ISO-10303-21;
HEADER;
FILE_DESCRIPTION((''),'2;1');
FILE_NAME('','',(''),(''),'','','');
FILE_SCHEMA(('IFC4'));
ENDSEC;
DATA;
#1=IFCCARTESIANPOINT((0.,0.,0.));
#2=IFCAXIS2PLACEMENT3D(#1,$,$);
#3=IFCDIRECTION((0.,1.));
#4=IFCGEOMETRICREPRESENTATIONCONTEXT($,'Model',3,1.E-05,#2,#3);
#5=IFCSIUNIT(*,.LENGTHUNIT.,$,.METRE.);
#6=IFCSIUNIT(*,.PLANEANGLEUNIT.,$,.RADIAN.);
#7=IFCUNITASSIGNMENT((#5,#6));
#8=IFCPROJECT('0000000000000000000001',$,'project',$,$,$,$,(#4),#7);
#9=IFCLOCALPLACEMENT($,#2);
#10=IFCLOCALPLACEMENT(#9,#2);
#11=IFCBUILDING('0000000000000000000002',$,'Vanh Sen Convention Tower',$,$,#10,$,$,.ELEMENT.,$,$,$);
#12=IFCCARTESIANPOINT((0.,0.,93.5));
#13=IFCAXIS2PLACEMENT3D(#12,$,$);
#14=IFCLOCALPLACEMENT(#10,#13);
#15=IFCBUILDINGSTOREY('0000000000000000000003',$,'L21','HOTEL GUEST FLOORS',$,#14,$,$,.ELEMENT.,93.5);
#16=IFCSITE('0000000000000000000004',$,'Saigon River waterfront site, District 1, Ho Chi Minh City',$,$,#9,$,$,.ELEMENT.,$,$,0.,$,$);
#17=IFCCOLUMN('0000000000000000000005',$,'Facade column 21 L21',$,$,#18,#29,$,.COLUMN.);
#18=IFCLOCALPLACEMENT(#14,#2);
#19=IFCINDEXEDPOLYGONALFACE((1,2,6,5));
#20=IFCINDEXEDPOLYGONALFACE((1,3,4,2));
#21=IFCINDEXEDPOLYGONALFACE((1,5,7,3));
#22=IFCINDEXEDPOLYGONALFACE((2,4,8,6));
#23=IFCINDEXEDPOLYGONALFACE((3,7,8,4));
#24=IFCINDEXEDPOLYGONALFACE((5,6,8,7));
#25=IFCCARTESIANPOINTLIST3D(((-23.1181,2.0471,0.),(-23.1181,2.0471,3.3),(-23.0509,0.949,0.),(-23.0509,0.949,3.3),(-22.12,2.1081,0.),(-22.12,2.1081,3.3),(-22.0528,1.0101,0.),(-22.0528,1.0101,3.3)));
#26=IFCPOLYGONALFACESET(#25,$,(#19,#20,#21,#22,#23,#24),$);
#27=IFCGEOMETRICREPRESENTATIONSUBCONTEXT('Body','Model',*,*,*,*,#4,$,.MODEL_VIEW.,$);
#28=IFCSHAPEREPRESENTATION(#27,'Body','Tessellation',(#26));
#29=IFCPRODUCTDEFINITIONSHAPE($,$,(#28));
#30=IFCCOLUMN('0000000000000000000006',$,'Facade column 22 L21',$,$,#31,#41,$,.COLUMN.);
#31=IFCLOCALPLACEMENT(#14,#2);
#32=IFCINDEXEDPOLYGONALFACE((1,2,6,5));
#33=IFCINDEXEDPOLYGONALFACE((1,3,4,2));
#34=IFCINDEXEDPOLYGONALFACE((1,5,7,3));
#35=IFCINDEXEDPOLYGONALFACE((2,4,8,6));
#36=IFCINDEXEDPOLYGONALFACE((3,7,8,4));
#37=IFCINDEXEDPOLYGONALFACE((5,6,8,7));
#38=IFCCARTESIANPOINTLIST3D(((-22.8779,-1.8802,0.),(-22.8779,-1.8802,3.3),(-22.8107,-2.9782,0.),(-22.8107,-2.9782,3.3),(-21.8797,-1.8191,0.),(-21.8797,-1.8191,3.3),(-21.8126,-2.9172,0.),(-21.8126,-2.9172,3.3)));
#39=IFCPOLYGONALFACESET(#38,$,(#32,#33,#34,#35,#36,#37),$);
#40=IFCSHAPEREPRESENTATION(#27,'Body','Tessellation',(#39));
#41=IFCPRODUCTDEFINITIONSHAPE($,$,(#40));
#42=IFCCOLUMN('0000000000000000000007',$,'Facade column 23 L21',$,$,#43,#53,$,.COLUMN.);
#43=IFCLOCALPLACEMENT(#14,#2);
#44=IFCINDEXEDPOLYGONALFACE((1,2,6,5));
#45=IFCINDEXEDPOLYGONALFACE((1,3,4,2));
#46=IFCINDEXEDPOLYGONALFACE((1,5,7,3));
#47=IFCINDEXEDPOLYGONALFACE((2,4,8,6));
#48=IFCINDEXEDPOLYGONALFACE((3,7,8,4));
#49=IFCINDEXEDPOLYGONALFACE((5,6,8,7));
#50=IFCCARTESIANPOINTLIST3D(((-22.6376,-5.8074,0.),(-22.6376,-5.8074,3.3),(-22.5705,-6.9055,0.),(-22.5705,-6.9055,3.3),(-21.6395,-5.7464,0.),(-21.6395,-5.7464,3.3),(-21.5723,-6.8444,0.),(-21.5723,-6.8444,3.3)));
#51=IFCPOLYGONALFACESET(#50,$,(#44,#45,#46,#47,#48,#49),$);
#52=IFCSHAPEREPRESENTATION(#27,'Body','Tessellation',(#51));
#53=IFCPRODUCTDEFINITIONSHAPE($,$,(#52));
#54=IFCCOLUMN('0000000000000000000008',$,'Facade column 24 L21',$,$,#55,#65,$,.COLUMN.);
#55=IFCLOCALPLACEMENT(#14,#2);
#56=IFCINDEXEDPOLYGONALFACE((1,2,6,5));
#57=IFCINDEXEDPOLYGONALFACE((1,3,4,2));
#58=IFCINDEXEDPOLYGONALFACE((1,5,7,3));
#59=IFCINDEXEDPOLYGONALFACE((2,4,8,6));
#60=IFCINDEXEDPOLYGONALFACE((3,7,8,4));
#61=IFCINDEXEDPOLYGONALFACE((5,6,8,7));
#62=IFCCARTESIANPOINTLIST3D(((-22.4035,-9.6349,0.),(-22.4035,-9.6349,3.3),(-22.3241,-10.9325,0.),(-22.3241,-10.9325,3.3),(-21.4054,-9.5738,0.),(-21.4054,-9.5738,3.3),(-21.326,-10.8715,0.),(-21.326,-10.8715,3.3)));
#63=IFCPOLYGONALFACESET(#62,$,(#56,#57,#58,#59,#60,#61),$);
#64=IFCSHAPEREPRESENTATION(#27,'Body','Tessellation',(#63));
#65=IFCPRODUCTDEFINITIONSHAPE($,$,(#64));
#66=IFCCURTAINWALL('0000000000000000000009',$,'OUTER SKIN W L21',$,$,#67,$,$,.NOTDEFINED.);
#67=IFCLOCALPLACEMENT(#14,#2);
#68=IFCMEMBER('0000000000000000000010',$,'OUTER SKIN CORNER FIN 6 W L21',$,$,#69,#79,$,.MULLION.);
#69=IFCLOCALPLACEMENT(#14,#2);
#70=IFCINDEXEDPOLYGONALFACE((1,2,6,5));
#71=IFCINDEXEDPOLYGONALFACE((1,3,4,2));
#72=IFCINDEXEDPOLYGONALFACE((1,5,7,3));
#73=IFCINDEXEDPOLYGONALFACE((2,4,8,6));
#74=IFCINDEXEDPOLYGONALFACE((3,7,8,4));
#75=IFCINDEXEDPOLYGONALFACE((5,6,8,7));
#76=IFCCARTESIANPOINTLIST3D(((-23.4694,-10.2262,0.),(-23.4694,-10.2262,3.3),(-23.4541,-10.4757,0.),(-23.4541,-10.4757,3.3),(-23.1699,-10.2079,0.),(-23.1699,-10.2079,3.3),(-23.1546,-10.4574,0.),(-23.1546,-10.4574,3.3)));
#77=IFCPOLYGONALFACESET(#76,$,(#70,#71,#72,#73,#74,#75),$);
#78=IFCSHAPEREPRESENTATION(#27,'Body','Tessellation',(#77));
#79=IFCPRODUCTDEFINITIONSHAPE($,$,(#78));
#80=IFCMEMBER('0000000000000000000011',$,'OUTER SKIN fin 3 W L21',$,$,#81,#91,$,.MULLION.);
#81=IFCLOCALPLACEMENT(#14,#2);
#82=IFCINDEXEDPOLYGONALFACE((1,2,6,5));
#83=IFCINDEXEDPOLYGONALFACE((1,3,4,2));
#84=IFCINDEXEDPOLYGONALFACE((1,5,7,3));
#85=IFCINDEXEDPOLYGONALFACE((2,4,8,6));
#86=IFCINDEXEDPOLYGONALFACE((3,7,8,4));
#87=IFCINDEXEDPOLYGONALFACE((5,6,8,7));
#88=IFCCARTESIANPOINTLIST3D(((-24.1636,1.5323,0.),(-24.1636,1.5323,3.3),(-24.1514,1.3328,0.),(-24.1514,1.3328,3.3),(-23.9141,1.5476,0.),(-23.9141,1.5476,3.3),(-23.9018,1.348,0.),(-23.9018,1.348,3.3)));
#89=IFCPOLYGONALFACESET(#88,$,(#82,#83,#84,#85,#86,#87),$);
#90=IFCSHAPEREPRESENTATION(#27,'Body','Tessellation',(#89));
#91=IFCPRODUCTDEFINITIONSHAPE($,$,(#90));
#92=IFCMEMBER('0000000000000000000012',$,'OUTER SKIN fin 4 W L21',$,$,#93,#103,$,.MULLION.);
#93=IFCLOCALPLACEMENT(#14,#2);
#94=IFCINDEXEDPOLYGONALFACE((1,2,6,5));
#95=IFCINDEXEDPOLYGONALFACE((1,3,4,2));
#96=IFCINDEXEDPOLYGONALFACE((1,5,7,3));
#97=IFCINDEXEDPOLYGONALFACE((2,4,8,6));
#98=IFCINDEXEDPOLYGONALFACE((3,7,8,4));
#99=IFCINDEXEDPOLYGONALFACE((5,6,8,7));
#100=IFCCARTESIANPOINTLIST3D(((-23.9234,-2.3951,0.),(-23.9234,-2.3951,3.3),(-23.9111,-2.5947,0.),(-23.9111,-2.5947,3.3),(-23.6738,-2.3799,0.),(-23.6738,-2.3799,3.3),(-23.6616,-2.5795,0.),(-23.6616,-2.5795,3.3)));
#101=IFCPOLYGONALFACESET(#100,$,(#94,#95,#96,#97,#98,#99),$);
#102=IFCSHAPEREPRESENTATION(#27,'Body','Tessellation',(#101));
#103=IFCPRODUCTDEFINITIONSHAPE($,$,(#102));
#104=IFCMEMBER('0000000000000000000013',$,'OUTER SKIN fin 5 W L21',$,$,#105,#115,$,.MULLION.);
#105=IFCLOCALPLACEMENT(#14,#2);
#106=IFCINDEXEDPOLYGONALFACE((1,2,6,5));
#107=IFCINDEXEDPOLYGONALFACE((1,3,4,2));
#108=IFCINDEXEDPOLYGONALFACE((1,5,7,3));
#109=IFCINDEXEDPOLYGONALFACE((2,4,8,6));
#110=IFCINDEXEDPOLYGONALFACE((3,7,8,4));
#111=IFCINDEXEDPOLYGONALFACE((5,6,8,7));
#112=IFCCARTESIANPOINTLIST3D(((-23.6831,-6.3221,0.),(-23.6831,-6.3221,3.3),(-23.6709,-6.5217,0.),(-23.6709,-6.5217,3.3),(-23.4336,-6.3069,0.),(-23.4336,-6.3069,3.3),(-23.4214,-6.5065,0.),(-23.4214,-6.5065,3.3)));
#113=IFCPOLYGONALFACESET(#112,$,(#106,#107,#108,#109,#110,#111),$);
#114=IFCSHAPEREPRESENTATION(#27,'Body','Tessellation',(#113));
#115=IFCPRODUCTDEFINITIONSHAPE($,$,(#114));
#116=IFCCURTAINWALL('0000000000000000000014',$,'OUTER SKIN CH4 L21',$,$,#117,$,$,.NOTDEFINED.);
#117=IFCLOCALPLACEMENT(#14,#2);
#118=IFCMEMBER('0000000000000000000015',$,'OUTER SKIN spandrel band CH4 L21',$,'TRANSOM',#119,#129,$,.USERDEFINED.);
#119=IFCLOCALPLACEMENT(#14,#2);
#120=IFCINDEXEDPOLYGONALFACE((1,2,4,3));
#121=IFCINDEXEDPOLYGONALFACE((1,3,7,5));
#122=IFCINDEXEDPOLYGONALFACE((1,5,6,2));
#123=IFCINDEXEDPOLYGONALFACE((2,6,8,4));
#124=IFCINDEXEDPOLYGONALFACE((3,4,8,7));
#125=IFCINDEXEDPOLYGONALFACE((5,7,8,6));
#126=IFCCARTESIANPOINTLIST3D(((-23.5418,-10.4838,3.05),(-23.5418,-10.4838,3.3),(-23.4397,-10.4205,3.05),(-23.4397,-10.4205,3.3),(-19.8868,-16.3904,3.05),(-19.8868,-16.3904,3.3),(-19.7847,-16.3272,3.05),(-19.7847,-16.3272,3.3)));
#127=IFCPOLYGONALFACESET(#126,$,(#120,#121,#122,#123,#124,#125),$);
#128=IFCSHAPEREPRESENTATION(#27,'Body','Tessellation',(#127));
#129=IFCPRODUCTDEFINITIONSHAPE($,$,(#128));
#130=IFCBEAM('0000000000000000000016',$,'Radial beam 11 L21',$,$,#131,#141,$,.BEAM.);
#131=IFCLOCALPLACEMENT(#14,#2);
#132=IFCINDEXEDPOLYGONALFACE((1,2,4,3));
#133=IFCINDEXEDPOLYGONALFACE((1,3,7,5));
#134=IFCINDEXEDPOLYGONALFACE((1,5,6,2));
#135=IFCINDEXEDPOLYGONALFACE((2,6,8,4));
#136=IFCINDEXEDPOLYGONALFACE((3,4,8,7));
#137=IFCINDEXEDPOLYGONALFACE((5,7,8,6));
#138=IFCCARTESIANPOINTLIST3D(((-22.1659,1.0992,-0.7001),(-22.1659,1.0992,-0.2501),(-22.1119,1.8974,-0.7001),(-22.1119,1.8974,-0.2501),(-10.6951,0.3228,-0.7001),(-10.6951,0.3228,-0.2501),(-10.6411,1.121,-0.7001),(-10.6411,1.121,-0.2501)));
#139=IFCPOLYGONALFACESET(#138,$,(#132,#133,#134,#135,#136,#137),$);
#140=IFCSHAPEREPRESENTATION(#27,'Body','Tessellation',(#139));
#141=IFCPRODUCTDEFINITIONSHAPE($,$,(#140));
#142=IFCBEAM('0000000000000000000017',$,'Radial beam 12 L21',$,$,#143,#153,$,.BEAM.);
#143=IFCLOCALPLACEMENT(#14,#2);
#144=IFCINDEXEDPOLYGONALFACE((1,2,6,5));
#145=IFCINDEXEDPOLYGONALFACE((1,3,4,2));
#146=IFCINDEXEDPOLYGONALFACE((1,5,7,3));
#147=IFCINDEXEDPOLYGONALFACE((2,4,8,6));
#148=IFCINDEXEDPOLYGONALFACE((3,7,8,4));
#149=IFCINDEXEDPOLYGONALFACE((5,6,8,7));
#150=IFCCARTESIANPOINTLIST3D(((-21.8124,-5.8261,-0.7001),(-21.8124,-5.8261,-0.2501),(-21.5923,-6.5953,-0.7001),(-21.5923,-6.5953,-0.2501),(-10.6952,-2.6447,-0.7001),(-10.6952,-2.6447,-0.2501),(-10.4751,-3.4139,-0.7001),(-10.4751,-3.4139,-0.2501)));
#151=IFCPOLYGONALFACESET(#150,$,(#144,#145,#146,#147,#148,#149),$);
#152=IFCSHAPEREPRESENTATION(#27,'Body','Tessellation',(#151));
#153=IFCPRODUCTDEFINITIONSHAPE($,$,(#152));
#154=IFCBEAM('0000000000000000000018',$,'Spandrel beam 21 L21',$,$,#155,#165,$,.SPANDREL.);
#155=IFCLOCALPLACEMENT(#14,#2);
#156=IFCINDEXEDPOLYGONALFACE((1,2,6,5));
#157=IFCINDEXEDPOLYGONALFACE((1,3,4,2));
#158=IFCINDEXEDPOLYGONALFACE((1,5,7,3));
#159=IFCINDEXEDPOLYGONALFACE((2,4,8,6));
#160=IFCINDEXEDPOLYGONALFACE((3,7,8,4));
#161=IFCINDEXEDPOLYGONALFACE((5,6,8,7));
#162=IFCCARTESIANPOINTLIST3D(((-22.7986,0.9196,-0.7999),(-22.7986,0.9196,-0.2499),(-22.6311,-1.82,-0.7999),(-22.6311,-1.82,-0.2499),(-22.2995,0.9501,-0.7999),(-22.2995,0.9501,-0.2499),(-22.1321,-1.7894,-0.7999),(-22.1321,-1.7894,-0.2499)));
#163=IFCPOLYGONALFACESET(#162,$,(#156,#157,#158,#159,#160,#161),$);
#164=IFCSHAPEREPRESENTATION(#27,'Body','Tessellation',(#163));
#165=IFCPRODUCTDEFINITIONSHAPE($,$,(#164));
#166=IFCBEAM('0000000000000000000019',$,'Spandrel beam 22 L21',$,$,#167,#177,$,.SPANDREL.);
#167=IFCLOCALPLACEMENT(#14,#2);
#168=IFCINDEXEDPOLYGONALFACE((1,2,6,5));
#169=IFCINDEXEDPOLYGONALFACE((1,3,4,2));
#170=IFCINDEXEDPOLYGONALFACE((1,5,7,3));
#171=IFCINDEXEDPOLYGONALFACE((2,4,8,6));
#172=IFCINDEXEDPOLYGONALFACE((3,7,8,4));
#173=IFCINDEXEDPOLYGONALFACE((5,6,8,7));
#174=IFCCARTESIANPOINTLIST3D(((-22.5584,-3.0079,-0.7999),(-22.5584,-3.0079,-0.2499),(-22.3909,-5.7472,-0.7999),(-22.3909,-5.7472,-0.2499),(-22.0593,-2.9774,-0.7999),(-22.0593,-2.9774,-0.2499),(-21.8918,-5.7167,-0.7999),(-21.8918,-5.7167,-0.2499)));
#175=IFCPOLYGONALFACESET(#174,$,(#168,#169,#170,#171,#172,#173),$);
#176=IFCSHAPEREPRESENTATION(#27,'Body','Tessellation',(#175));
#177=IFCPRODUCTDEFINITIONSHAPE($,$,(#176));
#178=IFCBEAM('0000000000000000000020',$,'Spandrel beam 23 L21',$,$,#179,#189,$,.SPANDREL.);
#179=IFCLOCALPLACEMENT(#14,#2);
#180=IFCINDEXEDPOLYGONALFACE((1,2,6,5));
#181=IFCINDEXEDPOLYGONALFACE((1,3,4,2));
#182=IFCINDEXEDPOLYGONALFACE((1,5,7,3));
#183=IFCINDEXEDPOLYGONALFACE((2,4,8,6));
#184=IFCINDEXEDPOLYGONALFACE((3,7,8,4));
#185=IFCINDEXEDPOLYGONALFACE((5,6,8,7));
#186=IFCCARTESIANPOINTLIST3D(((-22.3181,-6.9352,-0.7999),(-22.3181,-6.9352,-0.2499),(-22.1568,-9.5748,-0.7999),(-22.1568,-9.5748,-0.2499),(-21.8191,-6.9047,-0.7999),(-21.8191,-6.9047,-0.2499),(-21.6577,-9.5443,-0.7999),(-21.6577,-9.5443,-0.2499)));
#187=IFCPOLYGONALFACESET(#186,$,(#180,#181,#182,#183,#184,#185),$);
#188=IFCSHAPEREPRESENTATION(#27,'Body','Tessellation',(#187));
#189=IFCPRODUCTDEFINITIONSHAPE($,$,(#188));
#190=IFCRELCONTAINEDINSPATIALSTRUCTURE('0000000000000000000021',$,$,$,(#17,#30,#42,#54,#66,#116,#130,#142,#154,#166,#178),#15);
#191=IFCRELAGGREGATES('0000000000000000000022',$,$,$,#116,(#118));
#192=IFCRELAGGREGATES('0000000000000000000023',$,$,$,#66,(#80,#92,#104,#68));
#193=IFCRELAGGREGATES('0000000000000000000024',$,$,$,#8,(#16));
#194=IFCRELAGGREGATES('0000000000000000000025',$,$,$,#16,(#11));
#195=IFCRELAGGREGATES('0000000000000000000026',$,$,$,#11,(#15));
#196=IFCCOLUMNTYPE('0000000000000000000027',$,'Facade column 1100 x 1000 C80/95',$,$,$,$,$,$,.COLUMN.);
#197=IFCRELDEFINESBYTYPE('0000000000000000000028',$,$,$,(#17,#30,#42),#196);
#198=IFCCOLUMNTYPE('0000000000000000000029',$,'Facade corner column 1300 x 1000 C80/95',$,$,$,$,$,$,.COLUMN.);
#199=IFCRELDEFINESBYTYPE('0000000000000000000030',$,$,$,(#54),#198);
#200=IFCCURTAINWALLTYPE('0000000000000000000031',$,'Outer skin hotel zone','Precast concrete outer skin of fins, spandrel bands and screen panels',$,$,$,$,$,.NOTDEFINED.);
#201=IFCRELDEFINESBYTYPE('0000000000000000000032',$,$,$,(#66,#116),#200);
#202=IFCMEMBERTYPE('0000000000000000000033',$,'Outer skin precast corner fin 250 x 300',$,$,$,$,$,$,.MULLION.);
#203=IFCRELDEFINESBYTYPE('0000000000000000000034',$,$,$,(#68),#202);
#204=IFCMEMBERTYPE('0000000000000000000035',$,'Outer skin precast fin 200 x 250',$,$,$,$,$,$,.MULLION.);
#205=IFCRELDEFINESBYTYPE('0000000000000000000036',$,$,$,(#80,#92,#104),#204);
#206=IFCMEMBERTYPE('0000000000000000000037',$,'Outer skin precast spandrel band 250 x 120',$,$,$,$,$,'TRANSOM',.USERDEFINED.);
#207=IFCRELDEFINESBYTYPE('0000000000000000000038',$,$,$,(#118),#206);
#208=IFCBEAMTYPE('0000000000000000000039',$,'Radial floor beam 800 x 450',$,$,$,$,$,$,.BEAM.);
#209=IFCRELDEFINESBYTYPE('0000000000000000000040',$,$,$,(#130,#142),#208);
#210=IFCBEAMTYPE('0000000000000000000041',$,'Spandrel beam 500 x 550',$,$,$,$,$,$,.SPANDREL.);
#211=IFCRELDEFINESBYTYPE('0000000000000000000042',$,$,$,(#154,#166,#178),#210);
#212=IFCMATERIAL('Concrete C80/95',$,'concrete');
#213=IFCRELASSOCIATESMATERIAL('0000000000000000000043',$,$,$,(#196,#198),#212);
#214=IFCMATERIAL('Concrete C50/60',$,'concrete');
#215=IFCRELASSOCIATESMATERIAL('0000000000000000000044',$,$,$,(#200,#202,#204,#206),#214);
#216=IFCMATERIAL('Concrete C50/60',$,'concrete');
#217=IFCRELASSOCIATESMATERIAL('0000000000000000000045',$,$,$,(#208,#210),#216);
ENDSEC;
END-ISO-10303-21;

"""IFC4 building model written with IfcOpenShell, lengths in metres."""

from ifc_helpers import new_model, si_unit, direction, frame, origin, origin_2d, place, context, subcontext, project, spatial, rectangle, extrude, material, material_profile, profile_set, type_object, element, aggregate, save


model = new_model("IFC4")

# Units and contexts
model_context = context("Model", 3, precision=1e-05, world=origin(), true_north=direction((0.0, 1.0)))
body_context = subcontext(model_context, "Body", "Model", "MODEL_VIEW")
ifc_project = project(units=[si_unit("LENGTHUNIT", "METRE"), si_unit("PLANEANGLEUNIT", "RADIAN")], contexts=[model_context])

# Site, building, storey
site_placement = place(None, origin())
site = spatial("IfcSite", under=ifc_project, at=site_placement, Name="Saigon River waterfront site, District 1, Ho Chi Minh City", CompositionType="ELEMENT", RefElevation=0.0)
building_placement = place(site_placement, origin())
building = spatial("IfcBuilding", under=site, at=building_placement, Name="Vanh Sen Convention Tower", CompositionType="ELEMENT")
storey_placement = place(building_placement, frame((0.0, 0.0, 93.5)))
storey = spatial("IfcBuildingStorey", under=building, at=storey_placement, Name="L21", Description="HOTEL GUEST FLOORS", CompositionType="ELEMENT", Elevation=93.5)

# Columns
ifc_material_1 = material(Name="Concrete C80/95", Category="concrete")
ifc_material_profile_1 = material_profile(ifc_material_1, rectangle(XDim=1.1001, YDim=1.0, at=origin_2d()), Name="RC 1100X1000")
ifc_profile_set_1 = profile_set([ifc_material_profile_1], Name="Concrete C80/95")
column_type_1 = type_object("IfcColumnType", Name="Facade column 1100 x 1000 C80/95", PredefinedType="COLUMN", material=ifc_profile_set_1)
for number, where, z_axis, x_axis, name in (
    (1, (-22.5854, 1.5286, 0.0), (0.0, 0.0, 1.0), (0.061049, -0.998135, 0.0), "Facade column 21 L21"),
    (2, (-22.3452, -2.3987, 0.0), (0.0, 0.0, 1.0), (0.061049, -0.998135, 0.0), "Facade column 22 L21"),
    (3, (-22.105, -6.3259, 0.0), (0.0, 0.0, 1.0), (0.061049, -0.998135, 0.0), "Facade column 23 L21"),
):
    element("IfcColumn", number, at=place(storey_placement, frame(where, z_axis=z_axis, x_axis=x_axis)), inside=storey, type_object=column_type_1, Name=name, PredefinedType="COLUMN", context=body_context, shape_type="SweptSolid", body=[
        extrude(rectangle(XDim=1.1001, YDim=1.0, at=origin_2d()), origin(), (0.0, 0.0, 1.0), 3.3),
    ])
ifc_material_profile_2 = material_profile(ifc_material_1, rectangle(XDim=1.3, YDim=1.0, at=origin_2d()), Name="RC 1300X1000")
ifc_profile_set_2 = profile_set([ifc_material_profile_2], Name="Concrete C80/95")
column_type_2 = type_object("IfcColumnType", Name="Facade corner column 1300 x 1000 C80/95", PredefinedType="COLUMN", material=ifc_profile_set_2)
column_placement = place(storey_placement, frame((-21.8647, -10.2532, 0.0), z_axis=(0.0, 0.0, 1.0), x_axis=(0.061049, -0.998135, 0.0)))
element("IfcColumn", 4, at=column_placement, inside=storey, type_object=column_type_2, Name="Facade column 24 L21", PredefinedType="COLUMN", context=body_context, shape_type="SweptSolid", body=[
    extrude(rectangle(XDim=1.3, YDim=1.0, at=origin_2d()), origin(), (0.0, 0.0, 1.0), 3.3),
])

# Curtain wall, members
ifc_material_2 = material(Name="Concrete C50/60", Category="concrete")
curtain_wall_type = type_object("IfcCurtainWallType", Name="Outer skin hotel zone", Description="Precast concrete outer skin of fins, spandrel bands and screen panels", PredefinedType="NOTDEFINED", material=ifc_material_2)
curtain_wall_1_placement = place(storey_placement, origin())
curtain_wall_1 = element("IfcCurtainWall", 5, at=curtain_wall_1_placement, inside=storey, type_object=curtain_wall_type, Name="OUTER SKIN W L21", PredefinedType="NOTDEFINED")
ifc_material_profile_3 = material_profile(ifc_material_2, rectangle(XDim=0.25, YDim=0.3, at=origin_2d()), Name="Outer skin precast corner fin 250 x 300")
ifc_profile_set_3 = profile_set([ifc_material_profile_3], Name="Concrete C50/60")
member_type_1 = type_object("IfcMemberType", Name="Outer skin precast corner fin 250 x 300", PredefinedType="MULLION", material=ifc_profile_set_3)
member_1_placement = place(storey_placement, frame((-23.312, -10.3418, 0.0), z_axis=(0.0, 0.0, 1.0), x_axis=(0.061049, -0.998135, 0.0)))
member_1 = element("IfcMember", 6, at=member_1_placement, type_object=member_type_1, Name="OUTER SKIN CORNER FIN 6 W L21", PredefinedType="MULLION", context=body_context, shape_type="SweptSolid", body=[
    extrude(rectangle(XDim=0.25, YDim=0.3, at=origin_2d()), origin(), (0.0, 0.0, 1.0), 3.3),
])
ifc_material_profile_4 = material_profile(ifc_material_2, rectangle(XDim=0.2, YDim=0.25, at=origin_2d()), Name="Outer skin precast fin 200 x 250")
ifc_profile_set_4 = profile_set([ifc_material_profile_4], Name="Concrete C50/60")
member_type_2 = type_object("IfcMemberType", Name="Outer skin precast fin 200 x 250", PredefinedType="MULLION", material=ifc_profile_set_4)
member_2_placement = place(storey_placement, frame((-24.0327, 1.4402, 0.0), z_axis=(0.0, 0.0, 1.0), x_axis=(0.061049, -0.998135, 0.0)))
member_2 = element("IfcMember", 7, at=member_2_placement, type_object=member_type_2, Name="OUTER SKIN fin 3 W L21", PredefinedType="MULLION", context=body_context, shape_type="SweptSolid", body=[
    extrude(rectangle(XDim=0.2, YDim=0.25, at=origin_2d()), origin(), (0.0, 0.0, 1.0), 3.3),
])
member_3_placement = place(storey_placement, frame((-23.7925, -2.4873, 0.0), z_axis=(0.0, 0.0, 1.0), x_axis=(0.061049, -0.998135, 0.0)))
member_3 = element("IfcMember", 8, at=member_3_placement, type_object=member_type_2, Name="OUTER SKIN fin 4 W L21", PredefinedType="MULLION", context=body_context, shape_type="SweptSolid", body=[
    extrude(rectangle(XDim=0.2, YDim=0.25, at=origin_2d()), origin(), (0.0, 0.0, 1.0), 3.3),
])
member_4_placement = place(storey_placement, frame((-23.5522, -6.4143, 0.0), z_axis=(0.0, 0.0, 1.0), x_axis=(0.061049, -0.998135, 0.0)))
member_4 = element("IfcMember", 9, at=member_4_placement, type_object=member_type_2, Name="OUTER SKIN fin 5 W L21", PredefinedType="MULLION", context=body_context, shape_type="SweptSolid", body=[
    extrude(rectangle(XDim=0.2, YDim=0.25, at=origin_2d()), origin(), (0.0, 0.0, 1.0), 3.3),
])

# Curtain wall, member
curtain_wall_2_placement = place(storey_placement, origin())
curtain_wall_2 = element("IfcCurtainWall", 10, at=curtain_wall_2_placement, inside=storey, type_object=curtain_wall_type, Name="OUTER SKIN CH4 L21", PredefinedType="NOTDEFINED")
ifc_material_profile_5 = material_profile(ifc_material_2, rectangle(XDim=0.1201, YDim=0.25, at=origin_2d()), Name="Outer skin precast spandrel band 250 x 120")
ifc_profile_set_5 = profile_set([ifc_material_profile_5], Name="Concrete C50/60")
member_type_3 = type_object("IfcMemberType", Name="Outer skin precast spandrel band 250 x 120", ElementType="TRANSOM", PredefinedType="USERDEFINED", material=ifc_profile_set_5)
member_5_placement = place(storey_placement, frame((-23.4907, -10.4521, 3.175), z_axis=(0.526196, -0.850363, 0.0), x_axis=(0.850363, 0.526196, 0.0)))
member_5 = element("IfcMember", 11, at=member_5_placement, type_object=member_type_3, Name="OUTER SKIN spandrel band CH4 L21", ObjectType="TRANSOM", PredefinedType="USERDEFINED", context=body_context, shape_type="SweptSolid", body=[
    extrude(rectangle(XDim=0.1201, YDim=0.25, at=origin_2d()), origin(), (0.0, 0.0, 1.0), 6.946),
])
aggregate(curtain_wall_2, [member_5])

# Beams
ifc_material_3 = material(Name="Concrete C50/60", Category="concrete")
ifc_material_profile_6 = material_profile(ifc_material_3, rectangle(XDim=0.8, YDim=0.45, at=origin_2d()), Name="RC 800X450")
ifc_profile_set_6 = profile_set([ifc_material_profile_6], Name="Concrete C50/60")
beam_type_1 = type_object("IfcBeamType", Name="Radial floor beam 800 x 450", PredefinedType="BEAM", material=ifc_profile_set_6)
beam_1_placement = place(storey_placement, frame((-22.1389, 1.4983, -0.4751), z_axis=(0.997717, -0.067527, 0.0), x_axis=(0.067527, 0.997717, 0.0)))
element("IfcBeam", 12, at=beam_1_placement, inside=storey, type_object=beam_type_1, Name="Radial beam 11 L21", PredefinedType="BEAM", context=body_context, shape_type="SweptSolid", body=[
    extrude(rectangle(XDim=0.8, YDim=0.45, at=origin_2d()), origin(), (0.0, 0.0, 1.0), 11.4971),
])
beam_2_placement = place(storey_placement, frame((-21.7024, -6.2107, -0.4751), z_axis=(0.961408, 0.275125, 0.0), x_axis=(-0.275125, 0.961408, 0.0)))
element("IfcBeam", 13, at=beam_2_placement, inside=storey, type_object=beam_type_1, Name="Radial beam 12 L21", PredefinedType="BEAM", context=body_context, shape_type="SweptSolid", body=[
    extrude(rectangle(XDim=0.8, YDim=0.45, at=origin_2d()), origin(), (0.0, 0.0, 1.0), 11.5635),
])
ifc_material_profile_7 = material_profile(ifc_material_3, rectangle(XDim=0.5, YDim=0.55, at=origin_2d()), Name="RC 500X550")
ifc_profile_set_7 = profile_set([ifc_material_profile_7], Name="Concrete C50/60")
beam_type_2 = type_object("IfcBeamType", Name="Spandrel beam 500 x 550", PredefinedType="SPANDREL", material=ifc_profile_set_7)
beam_3_placement = place(storey_placement, frame((-22.5491, 0.9348, -0.5249), z_axis=(0.061021, -0.998136, 0.0), x_axis=(0.998136, 0.061021, 0.0)))
element("IfcBeam", 14, at=beam_3_placement, inside=storey, type_object=beam_type_2, Name="Spandrel beam 21 L21", PredefinedType="SPANDREL", context=body_context, shape_type="SweptSolid", body=[
    extrude(rectangle(XDim=0.5, YDim=0.55, at=origin_2d()), origin(), (0.0, 0.0, 1.0), 2.7446),
])
beam_4_placement = place(storey_placement, frame((-22.3088, -2.9927, -0.5249), z_axis=(0.061027, -0.998136, 0.0), x_axis=(0.998136, 0.061027, 0.0)))
element("IfcBeam", 15, at=beam_4_placement, inside=storey, type_object=beam_type_2, Name="Spandrel beam 22 L21", PredefinedType="SPANDREL", context=body_context, shape_type="SweptSolid", body=[
    extrude(rectangle(XDim=0.5, YDim=0.55, at=origin_2d()), origin(), (0.0, 0.0, 1.0), 2.7444),
])
beam_5_placement = place(storey_placement, frame((-22.0686, -6.9199, -0.5249), z_axis=(0.061022, -0.998136, 0.0), x_axis=(0.998136, 0.061022, 0.0)))
element("IfcBeam", 16, at=beam_5_placement, inside=storey, type_object=beam_type_2, Name="Spandrel beam 23 L21", PredefinedType="SPANDREL", context=body_context, shape_type="SweptSolid", body=[
    extrude(rectangle(XDim=0.5, YDim=0.55, at=origin_2d()), origin(), (0.0, 0.0, 1.0), 2.6445),
])

aggregate(curtain_wall_1, [member_2, member_3, member_4, member_1])

save(model, "model.ifc")
